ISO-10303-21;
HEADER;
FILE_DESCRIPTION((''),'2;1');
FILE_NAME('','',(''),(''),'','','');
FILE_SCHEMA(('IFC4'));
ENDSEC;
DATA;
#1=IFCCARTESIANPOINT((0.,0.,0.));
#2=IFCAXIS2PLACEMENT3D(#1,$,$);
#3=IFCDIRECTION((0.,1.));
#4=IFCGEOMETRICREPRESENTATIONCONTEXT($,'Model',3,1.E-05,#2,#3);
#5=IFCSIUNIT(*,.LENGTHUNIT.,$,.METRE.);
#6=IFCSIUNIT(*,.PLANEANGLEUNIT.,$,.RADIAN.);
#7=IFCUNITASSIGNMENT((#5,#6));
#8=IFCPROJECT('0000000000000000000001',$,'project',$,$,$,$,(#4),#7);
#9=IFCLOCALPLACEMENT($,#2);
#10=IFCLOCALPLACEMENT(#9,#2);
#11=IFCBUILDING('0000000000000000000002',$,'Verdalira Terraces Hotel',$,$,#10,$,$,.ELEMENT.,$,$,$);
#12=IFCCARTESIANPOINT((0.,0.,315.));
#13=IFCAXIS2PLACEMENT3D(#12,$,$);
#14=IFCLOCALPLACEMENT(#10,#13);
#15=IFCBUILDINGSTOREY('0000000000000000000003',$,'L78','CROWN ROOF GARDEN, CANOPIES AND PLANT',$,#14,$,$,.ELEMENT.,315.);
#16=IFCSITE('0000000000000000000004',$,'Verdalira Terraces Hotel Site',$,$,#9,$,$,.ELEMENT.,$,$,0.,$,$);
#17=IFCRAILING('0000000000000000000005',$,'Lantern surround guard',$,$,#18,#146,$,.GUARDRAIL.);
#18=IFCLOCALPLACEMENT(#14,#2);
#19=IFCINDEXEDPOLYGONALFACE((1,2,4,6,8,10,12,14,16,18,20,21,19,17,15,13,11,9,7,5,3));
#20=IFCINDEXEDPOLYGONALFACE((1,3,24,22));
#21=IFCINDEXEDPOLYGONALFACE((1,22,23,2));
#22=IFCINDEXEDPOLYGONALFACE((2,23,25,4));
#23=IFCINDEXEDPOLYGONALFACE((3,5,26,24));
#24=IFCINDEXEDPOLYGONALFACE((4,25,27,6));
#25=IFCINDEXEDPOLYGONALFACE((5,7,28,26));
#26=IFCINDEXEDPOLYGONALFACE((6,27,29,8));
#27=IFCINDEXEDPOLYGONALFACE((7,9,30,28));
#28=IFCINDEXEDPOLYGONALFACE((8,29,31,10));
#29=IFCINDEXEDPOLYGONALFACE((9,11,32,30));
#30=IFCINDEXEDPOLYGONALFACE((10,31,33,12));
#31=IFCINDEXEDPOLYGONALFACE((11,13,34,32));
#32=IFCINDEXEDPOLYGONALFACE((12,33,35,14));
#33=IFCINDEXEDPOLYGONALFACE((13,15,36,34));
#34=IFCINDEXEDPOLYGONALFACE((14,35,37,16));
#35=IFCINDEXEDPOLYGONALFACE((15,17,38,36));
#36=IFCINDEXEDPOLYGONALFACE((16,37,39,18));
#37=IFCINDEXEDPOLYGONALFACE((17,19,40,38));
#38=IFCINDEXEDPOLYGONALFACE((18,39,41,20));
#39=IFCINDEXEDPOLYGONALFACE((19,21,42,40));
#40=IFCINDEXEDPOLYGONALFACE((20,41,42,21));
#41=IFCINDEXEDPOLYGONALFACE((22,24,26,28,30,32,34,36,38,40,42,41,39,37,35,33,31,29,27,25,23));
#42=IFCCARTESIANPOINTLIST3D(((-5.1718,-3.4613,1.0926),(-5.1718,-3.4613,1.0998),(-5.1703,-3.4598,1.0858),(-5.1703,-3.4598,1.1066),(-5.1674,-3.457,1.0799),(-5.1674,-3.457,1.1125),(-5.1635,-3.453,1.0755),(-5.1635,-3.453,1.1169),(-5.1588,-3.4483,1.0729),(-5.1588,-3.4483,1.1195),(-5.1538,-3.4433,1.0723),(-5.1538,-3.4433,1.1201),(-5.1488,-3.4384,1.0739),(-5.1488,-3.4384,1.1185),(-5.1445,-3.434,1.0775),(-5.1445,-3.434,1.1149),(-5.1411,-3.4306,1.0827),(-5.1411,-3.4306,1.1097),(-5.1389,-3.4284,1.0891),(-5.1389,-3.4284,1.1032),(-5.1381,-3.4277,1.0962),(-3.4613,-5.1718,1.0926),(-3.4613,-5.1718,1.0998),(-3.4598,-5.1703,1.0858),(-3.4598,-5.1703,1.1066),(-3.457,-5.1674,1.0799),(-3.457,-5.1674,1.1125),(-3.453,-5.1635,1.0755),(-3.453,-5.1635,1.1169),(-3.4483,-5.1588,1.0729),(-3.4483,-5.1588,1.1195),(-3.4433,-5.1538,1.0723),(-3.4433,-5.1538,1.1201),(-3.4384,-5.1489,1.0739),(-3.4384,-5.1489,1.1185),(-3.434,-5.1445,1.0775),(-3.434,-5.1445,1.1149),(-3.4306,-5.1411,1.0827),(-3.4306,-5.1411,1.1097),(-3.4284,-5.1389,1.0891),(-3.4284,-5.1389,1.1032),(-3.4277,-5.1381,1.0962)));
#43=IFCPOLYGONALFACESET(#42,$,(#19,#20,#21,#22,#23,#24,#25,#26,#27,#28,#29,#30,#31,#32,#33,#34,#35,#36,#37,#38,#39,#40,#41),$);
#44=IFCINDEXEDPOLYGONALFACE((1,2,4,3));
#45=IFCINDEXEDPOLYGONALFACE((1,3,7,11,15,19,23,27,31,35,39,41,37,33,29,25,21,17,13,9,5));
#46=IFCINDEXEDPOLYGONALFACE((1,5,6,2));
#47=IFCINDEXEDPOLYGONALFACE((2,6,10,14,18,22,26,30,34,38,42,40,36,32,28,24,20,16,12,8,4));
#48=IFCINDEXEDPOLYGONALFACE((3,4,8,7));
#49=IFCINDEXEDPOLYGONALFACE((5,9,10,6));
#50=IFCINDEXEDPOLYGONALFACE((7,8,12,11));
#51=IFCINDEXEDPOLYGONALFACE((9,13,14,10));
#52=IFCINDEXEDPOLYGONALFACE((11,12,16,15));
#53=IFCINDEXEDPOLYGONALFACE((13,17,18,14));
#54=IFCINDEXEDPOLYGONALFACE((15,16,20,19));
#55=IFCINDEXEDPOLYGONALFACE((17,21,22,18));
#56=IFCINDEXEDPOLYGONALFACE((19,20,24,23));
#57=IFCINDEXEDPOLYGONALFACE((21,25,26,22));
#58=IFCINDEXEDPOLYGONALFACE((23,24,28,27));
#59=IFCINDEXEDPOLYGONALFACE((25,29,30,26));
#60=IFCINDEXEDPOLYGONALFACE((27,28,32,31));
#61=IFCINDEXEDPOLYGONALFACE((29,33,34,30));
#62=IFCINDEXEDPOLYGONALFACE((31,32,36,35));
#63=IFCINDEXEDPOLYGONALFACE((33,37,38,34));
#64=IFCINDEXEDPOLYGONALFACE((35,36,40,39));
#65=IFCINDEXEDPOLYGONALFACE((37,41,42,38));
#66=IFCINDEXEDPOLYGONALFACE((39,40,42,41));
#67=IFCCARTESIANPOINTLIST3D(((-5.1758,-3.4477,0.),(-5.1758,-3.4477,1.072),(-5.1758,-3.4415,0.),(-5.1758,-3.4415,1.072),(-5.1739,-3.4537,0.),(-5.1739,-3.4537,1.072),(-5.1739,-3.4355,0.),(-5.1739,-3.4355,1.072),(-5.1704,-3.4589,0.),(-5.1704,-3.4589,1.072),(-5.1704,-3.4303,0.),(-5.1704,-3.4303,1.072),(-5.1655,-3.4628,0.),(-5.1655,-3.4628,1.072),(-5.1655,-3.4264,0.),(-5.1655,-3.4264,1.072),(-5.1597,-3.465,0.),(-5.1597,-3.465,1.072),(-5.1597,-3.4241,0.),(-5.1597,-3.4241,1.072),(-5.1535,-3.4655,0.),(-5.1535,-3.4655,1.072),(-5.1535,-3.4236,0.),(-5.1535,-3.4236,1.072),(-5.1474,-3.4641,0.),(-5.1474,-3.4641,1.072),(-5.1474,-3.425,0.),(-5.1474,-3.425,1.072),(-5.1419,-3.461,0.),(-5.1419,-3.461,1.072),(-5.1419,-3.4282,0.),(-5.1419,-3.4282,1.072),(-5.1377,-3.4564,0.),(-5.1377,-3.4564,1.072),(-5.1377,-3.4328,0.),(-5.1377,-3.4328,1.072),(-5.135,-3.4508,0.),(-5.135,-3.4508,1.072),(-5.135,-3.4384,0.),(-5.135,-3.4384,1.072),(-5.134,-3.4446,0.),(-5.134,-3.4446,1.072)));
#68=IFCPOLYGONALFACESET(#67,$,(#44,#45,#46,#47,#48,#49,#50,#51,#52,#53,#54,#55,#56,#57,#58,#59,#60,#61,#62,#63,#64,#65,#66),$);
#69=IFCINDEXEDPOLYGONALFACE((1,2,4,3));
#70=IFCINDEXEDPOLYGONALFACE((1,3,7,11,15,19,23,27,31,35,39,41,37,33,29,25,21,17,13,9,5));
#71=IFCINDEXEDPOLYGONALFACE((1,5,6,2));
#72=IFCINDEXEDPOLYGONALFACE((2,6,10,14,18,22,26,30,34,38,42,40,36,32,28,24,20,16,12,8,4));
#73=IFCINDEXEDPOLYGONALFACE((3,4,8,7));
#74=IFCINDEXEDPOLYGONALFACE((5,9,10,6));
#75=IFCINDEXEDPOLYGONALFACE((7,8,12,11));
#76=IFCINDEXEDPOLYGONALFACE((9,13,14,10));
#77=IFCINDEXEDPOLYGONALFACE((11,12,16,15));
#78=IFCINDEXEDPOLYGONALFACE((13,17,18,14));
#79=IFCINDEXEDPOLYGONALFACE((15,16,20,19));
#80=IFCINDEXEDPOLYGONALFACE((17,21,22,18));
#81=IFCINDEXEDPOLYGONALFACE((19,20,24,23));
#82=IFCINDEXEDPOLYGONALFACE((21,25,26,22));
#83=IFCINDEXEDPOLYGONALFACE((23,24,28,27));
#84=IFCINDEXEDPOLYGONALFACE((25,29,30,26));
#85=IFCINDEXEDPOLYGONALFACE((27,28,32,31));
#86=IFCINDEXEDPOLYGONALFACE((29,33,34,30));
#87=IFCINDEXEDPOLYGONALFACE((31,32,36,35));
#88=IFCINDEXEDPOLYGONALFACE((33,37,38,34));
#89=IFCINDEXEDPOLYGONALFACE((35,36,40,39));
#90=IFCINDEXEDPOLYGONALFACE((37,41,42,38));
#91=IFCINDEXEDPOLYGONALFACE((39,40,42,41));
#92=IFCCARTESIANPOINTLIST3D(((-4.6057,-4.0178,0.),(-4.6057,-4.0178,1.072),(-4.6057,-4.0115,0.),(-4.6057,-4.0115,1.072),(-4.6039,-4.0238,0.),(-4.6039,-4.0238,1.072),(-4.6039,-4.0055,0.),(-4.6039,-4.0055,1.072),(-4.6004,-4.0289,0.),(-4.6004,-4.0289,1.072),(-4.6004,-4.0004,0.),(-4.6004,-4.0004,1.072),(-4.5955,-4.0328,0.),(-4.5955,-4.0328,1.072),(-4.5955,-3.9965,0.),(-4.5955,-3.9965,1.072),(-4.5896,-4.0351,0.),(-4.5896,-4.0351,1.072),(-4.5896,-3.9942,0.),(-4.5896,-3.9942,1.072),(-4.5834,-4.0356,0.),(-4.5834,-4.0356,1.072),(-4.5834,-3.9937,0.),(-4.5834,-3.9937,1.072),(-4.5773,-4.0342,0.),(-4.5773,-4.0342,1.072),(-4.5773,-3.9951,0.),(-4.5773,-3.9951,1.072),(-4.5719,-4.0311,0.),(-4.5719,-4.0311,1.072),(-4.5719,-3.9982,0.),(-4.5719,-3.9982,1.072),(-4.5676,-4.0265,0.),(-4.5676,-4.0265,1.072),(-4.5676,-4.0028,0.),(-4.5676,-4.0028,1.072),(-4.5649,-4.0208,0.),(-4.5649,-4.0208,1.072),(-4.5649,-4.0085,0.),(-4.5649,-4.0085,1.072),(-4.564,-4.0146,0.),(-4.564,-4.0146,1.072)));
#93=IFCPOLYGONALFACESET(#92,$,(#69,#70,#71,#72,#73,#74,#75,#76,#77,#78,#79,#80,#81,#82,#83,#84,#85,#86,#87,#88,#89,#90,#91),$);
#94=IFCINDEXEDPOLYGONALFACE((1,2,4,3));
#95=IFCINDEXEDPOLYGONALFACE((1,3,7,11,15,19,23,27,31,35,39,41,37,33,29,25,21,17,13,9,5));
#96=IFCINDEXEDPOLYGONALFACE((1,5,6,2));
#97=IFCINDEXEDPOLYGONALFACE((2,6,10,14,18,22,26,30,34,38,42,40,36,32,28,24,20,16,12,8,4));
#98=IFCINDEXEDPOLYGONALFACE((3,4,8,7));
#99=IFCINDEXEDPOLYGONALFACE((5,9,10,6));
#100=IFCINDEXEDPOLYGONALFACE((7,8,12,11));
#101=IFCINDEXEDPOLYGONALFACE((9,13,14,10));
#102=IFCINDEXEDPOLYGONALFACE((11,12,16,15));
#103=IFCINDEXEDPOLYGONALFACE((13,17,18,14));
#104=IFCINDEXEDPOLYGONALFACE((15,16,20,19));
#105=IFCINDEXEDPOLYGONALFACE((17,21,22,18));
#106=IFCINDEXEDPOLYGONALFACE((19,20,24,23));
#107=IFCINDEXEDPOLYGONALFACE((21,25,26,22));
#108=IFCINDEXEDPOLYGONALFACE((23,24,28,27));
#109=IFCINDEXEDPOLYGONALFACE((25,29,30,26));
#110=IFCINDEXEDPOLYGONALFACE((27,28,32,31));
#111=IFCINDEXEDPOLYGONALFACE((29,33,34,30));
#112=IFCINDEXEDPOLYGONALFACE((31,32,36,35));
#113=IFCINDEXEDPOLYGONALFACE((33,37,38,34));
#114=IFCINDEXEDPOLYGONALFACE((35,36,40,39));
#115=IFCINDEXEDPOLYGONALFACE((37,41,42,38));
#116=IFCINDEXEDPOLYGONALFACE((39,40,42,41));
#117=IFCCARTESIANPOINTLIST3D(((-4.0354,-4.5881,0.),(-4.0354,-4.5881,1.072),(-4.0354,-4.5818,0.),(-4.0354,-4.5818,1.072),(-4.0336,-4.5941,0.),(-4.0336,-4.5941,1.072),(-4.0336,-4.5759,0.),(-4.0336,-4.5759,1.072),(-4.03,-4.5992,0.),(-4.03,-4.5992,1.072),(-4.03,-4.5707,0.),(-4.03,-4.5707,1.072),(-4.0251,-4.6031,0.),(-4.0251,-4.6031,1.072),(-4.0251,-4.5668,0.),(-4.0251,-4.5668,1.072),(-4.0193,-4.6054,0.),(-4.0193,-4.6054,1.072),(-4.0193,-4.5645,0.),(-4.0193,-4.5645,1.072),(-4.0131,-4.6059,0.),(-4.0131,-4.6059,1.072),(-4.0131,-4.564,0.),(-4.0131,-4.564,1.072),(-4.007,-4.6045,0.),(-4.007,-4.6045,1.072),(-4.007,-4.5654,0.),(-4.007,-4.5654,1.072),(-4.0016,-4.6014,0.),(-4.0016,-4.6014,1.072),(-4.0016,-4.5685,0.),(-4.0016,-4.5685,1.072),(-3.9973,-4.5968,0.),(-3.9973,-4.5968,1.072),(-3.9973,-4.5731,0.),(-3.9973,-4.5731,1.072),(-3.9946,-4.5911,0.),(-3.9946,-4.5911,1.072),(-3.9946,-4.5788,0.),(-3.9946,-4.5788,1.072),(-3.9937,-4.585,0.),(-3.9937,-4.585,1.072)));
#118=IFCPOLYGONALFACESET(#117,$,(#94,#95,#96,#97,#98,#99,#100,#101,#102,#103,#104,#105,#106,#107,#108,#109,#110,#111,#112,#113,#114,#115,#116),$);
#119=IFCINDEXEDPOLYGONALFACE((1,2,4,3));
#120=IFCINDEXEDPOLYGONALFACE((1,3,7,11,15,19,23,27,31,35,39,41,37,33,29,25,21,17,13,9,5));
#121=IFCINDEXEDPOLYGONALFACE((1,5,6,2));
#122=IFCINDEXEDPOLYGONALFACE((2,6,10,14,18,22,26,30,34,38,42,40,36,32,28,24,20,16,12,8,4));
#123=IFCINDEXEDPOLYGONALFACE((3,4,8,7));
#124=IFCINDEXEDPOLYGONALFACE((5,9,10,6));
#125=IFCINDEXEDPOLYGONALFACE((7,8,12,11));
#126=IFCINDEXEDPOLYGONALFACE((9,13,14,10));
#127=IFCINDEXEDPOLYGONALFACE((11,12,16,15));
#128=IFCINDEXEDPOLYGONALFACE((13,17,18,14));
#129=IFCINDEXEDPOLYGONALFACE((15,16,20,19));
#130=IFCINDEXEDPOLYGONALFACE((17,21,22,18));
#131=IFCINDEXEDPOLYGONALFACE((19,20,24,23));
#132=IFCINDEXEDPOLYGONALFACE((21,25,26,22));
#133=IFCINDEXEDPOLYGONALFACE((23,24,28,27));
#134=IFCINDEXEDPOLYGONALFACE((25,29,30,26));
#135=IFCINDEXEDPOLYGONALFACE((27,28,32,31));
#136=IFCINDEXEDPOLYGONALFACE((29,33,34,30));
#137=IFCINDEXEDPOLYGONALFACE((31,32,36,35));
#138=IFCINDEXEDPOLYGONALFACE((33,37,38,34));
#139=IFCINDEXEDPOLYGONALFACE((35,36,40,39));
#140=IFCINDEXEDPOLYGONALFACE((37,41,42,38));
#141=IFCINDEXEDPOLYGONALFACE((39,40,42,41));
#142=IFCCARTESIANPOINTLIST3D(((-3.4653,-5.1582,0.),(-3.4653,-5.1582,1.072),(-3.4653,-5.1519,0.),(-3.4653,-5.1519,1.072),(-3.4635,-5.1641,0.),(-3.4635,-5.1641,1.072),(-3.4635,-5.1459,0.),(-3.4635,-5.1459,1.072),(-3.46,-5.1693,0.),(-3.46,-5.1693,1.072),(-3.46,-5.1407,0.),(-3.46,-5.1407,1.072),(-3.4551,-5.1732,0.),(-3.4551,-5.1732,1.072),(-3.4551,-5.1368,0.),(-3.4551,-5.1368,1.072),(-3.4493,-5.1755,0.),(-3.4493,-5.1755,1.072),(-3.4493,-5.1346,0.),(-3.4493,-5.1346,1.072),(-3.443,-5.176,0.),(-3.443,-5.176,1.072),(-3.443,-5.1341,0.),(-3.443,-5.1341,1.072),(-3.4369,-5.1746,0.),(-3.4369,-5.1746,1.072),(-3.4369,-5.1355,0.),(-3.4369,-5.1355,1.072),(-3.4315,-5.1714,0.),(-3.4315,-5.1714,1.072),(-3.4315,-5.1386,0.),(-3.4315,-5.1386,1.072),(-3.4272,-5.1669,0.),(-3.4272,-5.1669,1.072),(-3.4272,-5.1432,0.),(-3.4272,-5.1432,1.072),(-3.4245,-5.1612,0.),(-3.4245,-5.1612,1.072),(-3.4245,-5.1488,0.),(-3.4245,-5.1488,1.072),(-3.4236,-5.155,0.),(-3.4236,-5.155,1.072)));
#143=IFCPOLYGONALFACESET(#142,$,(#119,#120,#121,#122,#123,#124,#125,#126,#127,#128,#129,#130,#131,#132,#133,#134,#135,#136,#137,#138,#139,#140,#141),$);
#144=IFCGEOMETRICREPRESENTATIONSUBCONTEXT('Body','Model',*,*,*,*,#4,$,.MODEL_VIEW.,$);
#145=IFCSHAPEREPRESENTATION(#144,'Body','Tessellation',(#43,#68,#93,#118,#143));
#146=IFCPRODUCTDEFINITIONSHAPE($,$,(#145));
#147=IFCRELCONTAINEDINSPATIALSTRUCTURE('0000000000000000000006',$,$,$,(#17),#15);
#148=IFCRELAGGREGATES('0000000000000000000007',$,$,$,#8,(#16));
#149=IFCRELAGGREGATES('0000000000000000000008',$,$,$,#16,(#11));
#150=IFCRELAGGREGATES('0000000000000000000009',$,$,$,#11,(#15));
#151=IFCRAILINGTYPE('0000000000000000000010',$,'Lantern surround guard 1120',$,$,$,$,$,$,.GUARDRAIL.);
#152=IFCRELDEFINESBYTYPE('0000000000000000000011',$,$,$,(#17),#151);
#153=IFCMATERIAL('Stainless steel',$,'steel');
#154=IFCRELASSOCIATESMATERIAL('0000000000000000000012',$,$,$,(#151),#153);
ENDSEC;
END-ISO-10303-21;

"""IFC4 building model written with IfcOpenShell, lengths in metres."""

from ifc_helpers import new_model, si_unit, direction, frame, origin, origin_2d, place, context, subcontext, project, spatial, circle, extrude, material, type_object, element, save


model = new_model("IFC4")

# Units and contexts
model_context = context("Model", 3, precision=1e-05, world=origin(), true_north=direction((0.0, 1.0)))
body_context = subcontext(model_context, "Body", "Model", "MODEL_VIEW")
ifc_project = project(units=[si_unit("LENGTHUNIT", "METRE"), si_unit("PLANEANGLEUNIT", "RADIAN")], contexts=[model_context])

# Site, building, storey
site_placement = place(None, origin())
site = spatial("IfcSite", under=ifc_project, at=site_placement, Name="Verdalira Terraces Hotel Site", CompositionType="ELEMENT", RefElevation=0.0)
building_placement = place(site_placement, origin())
building = spatial("IfcBuilding", under=site, at=building_placement, Name="Verdalira Terraces Hotel", CompositionType="ELEMENT")
storey_placement = place(building_placement, frame((0.0, 0.0, 315.0)))
storey = spatial("IfcBuildingStorey", under=building, at=storey_placement, Name="L78", Description="CROWN ROOF GARDEN, CANOPIES AND PLANT", CompositionType="ELEMENT", Elevation=315.0)

# Railing
ifc_material_1 = material(Name="Stainless steel", Category="steel")
railing_type_1 = type_object("IfcRailingType", Name="Lantern surround guard 1120", PredefinedType="GUARDRAIL", material=ifc_material_1)
railing_1_placement = place(storey_placement, frame((-5.155, -3.4446, 0.0)))
element("IfcRailing", 1, at=railing_1_placement, inside=storey, type_object=railing_type_1, Name="Lantern surround guard", PredefinedType="GUARDRAIL", context=body_context, shape_type="SweptSolid", body=[
    extrude(circle(Radius=0.0239, at=origin_2d()), frame((0.0, 0.0, 1.0962), z_axis=(0.707107, -0.707107, 0.0), x_axis=(0.707107, 0.707107, 0.0)), (0.0, 0.0, 1.0), 2.4189),
    extrude(circle(Radius=0.021, at=origin_2d()), origin(), (0.0, 0.0, 1.0), 1.072),
    extrude(circle(Radius=0.021, at=origin_2d()), frame((0.5701, -0.5701, 0.0)), (0.0, 0.0, 1.0), 1.072),
    extrude(circle(Radius=0.021, at=origin_2d()), frame((1.1404, -1.1404, 0.0)), (0.0, 0.0, 1.0), 1.072),
    extrude(circle(Radius=0.021, at=origin_2d()), frame((1.7104, -1.7104, 0.0)), (0.0, 0.0, 1.0), 1.072),
])

save(model, "model.ifc")
